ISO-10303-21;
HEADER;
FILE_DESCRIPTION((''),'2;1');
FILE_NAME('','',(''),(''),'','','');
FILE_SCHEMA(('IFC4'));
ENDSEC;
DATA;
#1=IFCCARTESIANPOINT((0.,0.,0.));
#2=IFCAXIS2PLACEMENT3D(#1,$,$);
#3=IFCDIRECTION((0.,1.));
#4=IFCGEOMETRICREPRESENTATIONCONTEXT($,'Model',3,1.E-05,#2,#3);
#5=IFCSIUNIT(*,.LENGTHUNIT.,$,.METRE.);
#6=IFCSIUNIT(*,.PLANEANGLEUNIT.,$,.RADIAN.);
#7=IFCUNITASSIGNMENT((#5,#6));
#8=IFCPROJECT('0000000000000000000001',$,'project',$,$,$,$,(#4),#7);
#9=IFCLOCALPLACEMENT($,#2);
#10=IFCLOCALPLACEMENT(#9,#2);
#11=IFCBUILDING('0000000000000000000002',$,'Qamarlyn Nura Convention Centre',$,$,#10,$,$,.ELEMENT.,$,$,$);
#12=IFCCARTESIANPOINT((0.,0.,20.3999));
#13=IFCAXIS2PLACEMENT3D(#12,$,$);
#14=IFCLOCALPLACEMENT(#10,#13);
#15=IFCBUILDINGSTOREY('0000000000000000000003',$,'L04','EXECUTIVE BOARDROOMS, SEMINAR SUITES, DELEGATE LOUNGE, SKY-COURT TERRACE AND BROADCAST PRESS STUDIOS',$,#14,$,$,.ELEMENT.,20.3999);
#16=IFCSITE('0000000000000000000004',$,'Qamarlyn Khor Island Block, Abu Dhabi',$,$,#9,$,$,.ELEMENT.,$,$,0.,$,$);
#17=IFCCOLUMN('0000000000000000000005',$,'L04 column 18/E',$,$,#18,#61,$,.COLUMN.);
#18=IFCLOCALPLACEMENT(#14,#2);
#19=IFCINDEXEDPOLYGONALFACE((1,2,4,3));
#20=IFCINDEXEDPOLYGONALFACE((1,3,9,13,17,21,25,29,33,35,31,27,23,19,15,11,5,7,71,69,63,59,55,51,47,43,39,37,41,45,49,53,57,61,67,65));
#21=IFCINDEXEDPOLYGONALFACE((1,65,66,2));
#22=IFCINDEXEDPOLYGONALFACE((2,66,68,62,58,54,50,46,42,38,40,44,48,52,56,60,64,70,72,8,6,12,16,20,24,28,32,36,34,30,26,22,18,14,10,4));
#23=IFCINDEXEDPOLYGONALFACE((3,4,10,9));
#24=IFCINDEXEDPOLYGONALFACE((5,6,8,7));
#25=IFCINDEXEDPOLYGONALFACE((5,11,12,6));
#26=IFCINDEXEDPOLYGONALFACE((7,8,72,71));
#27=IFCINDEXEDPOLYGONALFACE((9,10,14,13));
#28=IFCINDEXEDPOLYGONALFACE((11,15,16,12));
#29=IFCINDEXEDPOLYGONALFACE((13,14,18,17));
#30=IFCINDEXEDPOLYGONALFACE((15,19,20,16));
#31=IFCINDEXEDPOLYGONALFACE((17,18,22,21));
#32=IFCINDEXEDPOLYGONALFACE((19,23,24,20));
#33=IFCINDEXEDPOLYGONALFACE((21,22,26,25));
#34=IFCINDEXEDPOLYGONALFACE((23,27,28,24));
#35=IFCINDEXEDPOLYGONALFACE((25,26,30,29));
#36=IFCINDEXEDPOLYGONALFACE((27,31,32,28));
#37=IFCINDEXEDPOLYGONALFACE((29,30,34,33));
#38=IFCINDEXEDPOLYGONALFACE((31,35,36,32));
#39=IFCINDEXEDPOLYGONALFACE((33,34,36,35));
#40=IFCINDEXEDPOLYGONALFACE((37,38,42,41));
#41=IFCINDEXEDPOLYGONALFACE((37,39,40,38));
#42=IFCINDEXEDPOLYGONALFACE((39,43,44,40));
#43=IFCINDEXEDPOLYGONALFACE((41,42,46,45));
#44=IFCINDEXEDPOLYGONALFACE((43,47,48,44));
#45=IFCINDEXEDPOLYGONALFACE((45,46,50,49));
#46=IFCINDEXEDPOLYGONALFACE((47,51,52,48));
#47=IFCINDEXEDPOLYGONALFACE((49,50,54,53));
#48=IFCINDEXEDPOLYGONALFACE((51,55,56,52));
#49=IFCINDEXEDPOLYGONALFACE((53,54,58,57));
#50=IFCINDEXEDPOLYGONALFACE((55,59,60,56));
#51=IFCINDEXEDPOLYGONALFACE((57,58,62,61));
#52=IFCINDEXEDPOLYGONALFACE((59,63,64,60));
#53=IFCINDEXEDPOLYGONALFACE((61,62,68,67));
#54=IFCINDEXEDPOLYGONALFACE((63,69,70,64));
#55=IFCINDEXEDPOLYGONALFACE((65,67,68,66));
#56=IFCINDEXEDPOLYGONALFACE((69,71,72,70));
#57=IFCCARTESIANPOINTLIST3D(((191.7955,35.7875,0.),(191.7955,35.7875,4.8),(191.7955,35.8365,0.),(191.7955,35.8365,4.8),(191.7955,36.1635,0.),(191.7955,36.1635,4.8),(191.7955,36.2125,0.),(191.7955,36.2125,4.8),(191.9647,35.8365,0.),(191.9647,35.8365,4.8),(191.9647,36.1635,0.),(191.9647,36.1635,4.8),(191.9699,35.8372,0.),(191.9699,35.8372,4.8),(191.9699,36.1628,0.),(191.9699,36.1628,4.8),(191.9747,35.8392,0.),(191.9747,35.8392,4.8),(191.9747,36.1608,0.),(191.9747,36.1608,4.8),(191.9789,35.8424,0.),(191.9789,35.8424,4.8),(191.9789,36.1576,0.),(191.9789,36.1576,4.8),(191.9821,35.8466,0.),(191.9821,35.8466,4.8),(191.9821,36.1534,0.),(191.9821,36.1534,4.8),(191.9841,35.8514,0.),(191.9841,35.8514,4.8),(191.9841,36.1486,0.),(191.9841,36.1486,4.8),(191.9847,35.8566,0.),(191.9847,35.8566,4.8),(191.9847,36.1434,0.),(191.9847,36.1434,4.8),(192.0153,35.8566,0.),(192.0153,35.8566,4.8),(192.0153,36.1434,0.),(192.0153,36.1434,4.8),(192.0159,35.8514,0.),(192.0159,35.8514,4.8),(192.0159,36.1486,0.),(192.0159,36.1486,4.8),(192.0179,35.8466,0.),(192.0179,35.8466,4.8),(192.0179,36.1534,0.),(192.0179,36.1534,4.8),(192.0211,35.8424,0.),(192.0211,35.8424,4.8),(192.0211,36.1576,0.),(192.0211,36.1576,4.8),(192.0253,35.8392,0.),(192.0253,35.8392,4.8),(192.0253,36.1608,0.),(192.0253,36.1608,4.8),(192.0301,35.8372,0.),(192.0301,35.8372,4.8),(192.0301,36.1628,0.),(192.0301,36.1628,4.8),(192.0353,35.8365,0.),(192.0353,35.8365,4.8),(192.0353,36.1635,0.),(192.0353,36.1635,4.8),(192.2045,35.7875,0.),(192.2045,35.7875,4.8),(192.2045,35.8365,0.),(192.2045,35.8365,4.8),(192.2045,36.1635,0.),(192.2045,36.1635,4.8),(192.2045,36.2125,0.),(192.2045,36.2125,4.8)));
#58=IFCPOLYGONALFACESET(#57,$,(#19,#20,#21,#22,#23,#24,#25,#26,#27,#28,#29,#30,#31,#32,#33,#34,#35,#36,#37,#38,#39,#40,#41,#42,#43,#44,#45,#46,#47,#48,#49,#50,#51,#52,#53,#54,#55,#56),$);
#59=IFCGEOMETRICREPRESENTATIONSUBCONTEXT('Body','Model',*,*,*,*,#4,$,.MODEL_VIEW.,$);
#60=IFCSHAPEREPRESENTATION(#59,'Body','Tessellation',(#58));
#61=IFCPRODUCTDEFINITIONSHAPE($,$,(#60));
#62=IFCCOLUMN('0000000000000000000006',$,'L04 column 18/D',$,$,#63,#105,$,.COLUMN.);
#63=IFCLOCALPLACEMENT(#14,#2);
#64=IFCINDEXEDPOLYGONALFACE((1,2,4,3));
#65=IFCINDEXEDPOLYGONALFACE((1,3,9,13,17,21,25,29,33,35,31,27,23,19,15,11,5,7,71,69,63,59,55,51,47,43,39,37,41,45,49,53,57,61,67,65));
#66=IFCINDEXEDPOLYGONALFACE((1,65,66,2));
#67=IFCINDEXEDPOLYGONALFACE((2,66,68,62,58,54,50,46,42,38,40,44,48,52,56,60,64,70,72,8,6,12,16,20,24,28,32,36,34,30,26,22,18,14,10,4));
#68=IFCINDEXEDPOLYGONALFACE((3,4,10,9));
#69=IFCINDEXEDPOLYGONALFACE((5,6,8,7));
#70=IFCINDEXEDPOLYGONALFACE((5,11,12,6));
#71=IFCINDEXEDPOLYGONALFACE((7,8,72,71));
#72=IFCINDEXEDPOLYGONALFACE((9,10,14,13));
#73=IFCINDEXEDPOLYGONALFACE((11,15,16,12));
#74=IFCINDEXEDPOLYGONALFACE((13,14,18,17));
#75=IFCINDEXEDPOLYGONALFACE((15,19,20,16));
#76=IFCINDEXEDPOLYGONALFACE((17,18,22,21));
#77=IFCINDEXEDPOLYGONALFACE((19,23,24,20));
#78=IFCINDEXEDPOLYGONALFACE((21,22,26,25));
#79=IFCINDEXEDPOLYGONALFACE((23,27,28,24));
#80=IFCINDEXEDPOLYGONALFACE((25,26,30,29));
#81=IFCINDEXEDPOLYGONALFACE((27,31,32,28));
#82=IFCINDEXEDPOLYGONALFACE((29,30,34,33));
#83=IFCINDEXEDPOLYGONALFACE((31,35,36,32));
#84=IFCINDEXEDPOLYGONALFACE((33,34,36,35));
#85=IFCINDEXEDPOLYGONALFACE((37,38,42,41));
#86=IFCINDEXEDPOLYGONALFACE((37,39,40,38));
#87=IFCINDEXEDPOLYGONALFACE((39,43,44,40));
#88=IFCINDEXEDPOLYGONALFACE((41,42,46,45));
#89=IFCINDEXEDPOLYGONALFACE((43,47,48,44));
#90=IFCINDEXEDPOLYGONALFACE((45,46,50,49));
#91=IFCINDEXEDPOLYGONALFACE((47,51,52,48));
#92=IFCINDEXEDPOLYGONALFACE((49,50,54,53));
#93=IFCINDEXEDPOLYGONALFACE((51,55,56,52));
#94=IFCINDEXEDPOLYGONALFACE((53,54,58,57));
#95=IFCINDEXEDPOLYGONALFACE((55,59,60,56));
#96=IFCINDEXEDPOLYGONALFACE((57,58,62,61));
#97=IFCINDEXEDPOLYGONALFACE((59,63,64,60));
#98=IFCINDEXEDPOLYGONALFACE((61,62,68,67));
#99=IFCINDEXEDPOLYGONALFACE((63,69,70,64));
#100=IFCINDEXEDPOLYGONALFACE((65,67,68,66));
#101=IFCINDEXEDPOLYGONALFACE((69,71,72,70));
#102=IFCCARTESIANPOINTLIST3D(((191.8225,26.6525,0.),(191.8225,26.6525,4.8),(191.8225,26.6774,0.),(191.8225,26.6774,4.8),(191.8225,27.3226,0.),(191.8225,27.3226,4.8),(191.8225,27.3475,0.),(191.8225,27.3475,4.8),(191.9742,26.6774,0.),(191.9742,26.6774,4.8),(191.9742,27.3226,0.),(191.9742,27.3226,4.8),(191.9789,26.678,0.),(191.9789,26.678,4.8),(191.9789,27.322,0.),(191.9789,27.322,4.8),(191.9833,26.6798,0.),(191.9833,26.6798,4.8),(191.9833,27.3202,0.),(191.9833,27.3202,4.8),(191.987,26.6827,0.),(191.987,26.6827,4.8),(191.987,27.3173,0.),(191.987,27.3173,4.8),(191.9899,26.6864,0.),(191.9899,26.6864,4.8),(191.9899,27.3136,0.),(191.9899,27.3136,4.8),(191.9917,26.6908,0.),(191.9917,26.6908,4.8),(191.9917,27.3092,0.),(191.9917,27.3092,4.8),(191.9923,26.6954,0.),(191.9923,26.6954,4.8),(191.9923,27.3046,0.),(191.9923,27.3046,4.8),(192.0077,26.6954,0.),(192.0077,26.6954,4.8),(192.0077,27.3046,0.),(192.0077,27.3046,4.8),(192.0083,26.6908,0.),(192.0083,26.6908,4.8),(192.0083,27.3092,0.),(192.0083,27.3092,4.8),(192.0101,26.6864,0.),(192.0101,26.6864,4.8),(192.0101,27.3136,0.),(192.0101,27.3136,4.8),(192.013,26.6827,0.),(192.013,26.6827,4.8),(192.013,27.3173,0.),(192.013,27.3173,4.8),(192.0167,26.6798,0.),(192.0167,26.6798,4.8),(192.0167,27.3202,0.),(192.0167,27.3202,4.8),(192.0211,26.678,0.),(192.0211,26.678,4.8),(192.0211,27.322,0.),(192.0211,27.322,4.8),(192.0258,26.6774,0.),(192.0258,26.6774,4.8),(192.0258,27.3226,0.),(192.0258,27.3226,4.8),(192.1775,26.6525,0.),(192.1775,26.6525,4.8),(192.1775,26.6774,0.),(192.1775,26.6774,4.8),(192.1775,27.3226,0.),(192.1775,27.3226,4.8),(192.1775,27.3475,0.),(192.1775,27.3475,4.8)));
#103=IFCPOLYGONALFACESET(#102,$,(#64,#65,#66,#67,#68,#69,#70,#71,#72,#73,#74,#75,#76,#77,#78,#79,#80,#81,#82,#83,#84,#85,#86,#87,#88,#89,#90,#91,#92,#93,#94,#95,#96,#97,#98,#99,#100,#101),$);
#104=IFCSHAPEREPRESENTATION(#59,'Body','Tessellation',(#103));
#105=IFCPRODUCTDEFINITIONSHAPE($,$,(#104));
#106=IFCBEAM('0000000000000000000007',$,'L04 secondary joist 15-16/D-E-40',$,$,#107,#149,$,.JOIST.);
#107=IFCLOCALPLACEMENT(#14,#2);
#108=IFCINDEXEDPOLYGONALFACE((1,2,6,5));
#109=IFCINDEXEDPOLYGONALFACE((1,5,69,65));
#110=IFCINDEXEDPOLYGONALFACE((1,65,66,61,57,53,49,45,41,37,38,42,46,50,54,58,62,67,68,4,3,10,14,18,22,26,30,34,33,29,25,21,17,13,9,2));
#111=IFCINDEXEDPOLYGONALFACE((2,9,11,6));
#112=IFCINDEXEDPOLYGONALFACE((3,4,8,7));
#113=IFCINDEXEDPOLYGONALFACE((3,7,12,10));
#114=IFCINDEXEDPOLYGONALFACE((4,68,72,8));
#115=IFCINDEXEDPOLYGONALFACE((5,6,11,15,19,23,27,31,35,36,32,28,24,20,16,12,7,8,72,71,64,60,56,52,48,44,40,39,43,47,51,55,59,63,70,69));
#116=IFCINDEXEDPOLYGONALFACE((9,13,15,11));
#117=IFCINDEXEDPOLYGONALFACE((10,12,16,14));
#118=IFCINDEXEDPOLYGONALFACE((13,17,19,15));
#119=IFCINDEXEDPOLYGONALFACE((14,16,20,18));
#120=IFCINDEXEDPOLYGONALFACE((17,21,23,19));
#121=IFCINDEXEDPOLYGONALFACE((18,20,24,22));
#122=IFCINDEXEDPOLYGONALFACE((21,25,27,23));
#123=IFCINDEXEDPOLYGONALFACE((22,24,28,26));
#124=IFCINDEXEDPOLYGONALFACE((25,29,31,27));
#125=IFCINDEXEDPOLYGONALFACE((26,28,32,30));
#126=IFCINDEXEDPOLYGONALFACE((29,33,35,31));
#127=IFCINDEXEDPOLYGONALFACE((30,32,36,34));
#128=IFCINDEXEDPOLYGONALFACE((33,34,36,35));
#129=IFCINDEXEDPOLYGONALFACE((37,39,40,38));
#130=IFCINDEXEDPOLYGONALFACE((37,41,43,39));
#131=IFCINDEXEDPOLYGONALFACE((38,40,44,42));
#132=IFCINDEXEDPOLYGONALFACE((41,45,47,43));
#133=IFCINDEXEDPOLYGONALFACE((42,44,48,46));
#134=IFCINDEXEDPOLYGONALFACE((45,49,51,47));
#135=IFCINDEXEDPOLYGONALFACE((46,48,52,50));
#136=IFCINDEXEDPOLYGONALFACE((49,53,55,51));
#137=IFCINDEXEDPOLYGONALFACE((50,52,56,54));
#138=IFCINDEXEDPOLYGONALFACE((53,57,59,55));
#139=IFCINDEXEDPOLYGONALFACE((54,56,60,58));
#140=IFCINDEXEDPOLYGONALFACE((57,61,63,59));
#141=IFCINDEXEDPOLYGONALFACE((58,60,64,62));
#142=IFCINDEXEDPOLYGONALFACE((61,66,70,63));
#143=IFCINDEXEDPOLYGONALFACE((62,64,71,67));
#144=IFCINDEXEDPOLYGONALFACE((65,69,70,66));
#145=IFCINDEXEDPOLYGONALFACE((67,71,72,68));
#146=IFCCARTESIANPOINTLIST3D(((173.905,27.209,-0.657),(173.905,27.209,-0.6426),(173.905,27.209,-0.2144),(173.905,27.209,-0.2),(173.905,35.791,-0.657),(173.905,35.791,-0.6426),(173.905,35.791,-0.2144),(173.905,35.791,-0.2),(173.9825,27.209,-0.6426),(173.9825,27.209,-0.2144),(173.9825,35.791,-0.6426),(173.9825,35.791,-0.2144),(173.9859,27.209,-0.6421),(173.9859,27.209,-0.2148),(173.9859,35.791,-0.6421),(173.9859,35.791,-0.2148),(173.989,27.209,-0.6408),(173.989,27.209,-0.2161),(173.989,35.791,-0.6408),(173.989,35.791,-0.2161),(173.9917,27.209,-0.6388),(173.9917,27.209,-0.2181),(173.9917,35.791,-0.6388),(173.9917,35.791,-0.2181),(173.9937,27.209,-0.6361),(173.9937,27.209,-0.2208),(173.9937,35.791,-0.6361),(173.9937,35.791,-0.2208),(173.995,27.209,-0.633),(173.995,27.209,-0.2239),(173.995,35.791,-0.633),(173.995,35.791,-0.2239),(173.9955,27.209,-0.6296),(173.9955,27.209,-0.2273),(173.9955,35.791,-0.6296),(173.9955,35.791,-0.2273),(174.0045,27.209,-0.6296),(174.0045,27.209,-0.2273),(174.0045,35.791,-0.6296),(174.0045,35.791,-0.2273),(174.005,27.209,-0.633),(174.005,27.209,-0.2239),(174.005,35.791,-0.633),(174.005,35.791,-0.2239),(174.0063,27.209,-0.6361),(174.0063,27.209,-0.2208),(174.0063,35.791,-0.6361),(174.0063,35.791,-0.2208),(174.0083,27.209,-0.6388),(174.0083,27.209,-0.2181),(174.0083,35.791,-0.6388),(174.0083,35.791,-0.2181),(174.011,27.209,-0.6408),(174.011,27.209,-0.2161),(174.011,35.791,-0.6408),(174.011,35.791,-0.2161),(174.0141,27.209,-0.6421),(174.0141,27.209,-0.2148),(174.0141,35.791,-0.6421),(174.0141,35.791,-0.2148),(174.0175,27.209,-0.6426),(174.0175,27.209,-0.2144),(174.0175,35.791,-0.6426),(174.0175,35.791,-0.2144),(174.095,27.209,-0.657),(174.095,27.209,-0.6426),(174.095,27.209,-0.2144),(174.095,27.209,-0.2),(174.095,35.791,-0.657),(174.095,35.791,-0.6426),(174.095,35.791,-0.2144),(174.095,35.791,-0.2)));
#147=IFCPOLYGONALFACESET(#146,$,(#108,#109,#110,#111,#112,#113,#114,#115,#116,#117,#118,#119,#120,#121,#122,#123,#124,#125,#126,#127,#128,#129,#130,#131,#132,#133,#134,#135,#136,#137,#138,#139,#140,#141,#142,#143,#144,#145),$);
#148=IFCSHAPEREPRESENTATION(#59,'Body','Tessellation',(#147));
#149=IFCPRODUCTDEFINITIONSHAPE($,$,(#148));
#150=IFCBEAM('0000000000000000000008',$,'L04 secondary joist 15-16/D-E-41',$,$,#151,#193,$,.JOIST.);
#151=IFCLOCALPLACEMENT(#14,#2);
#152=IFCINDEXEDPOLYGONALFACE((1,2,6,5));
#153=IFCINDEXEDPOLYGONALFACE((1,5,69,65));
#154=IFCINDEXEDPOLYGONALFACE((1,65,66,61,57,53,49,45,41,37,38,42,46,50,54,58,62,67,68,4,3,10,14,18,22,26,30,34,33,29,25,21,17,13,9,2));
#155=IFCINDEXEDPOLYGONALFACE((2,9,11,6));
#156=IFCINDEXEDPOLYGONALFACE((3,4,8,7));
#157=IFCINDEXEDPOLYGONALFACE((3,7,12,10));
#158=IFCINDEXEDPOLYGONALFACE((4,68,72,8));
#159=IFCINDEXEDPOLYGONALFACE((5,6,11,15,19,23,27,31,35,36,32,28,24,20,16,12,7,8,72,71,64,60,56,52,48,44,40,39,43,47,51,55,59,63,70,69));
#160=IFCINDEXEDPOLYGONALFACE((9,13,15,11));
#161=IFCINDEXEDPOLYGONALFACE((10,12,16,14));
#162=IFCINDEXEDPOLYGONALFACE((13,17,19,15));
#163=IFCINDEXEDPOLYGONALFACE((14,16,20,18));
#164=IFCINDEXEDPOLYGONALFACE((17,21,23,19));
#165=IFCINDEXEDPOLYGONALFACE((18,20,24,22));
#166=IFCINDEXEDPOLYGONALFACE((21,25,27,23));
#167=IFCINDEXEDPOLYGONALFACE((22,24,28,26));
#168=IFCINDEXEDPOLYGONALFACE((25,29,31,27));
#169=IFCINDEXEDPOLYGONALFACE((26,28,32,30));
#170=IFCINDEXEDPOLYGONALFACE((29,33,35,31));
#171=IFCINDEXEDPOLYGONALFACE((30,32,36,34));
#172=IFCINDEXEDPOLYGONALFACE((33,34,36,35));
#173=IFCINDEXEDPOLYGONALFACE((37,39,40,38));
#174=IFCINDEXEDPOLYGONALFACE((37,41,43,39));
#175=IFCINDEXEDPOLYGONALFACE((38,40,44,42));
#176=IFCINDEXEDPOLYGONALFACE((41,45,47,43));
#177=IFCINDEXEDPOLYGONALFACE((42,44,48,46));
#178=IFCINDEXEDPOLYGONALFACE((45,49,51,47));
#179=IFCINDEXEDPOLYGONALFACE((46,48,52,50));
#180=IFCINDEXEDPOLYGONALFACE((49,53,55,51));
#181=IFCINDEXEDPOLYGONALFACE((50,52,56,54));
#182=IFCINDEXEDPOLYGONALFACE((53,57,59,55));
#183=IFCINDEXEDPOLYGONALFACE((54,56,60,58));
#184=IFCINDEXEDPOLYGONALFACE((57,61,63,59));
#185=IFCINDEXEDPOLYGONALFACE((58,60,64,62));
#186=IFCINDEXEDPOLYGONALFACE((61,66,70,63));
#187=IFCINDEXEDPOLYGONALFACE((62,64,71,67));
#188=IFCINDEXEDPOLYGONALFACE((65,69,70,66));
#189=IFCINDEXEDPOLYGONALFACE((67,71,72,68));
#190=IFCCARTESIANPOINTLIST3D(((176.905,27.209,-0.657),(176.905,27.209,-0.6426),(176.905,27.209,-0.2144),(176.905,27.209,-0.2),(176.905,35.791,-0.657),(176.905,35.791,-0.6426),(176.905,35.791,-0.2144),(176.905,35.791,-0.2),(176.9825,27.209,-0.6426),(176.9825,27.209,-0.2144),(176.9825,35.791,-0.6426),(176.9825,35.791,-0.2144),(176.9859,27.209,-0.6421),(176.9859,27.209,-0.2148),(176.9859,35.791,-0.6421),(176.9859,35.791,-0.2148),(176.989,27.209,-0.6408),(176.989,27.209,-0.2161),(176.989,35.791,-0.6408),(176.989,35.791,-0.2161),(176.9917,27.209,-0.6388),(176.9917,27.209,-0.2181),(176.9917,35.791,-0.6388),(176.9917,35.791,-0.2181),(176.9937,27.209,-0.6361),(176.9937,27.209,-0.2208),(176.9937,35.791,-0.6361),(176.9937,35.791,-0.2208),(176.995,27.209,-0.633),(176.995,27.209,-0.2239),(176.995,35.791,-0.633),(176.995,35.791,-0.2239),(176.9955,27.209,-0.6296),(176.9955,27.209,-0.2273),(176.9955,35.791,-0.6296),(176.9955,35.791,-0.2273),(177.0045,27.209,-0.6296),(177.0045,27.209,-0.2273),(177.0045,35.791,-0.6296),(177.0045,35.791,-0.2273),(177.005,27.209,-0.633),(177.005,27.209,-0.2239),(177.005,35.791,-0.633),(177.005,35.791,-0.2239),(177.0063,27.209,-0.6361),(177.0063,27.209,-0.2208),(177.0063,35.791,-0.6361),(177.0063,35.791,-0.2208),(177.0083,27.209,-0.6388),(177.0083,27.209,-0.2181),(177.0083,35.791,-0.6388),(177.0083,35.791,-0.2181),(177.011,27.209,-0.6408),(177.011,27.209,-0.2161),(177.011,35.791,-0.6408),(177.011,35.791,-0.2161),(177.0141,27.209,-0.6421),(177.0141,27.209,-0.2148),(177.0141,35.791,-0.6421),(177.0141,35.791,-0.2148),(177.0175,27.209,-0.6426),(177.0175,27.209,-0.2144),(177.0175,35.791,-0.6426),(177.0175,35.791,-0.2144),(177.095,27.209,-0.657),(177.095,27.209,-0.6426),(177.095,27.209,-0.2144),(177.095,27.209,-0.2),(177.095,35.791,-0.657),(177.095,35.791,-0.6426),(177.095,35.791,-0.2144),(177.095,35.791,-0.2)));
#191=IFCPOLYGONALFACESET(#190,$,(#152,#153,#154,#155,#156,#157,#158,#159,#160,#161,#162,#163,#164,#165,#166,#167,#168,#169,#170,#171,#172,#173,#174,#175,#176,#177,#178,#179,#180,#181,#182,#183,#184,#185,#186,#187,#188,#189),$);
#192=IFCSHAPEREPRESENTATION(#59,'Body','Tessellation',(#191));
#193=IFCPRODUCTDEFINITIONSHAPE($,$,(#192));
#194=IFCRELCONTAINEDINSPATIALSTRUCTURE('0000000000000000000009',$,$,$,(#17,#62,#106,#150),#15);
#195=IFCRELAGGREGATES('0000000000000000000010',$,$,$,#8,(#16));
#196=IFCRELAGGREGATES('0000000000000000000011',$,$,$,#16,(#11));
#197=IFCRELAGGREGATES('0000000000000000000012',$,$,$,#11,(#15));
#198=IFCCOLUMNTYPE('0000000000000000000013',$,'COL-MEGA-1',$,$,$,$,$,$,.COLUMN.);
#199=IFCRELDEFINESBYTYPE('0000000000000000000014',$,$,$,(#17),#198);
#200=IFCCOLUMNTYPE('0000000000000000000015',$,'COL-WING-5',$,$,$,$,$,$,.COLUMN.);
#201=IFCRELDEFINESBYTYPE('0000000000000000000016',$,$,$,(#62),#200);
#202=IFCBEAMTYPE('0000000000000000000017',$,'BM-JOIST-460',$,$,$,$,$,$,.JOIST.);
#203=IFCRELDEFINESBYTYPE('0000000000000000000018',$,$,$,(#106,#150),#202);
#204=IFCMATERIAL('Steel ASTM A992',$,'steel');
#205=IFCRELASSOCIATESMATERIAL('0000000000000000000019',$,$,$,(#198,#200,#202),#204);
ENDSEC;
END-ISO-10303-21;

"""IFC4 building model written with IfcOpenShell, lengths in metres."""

from ifc_helpers import new_model, si_unit, direction, frame, origin, origin_2d, place, context, subcontext, project, spatial, i_section, extrude, material, material_profile, profile_set, type_object, element, save


model = new_model("IFC4")

# Units and contexts
model_context = context("Model", 3, precision=1e-05, world=origin(), true_north=direction((0.0, 1.0)))
body_context = subcontext(model_context, "Body", "Model", "MODEL_VIEW")
ifc_project = project(units=[si_unit("LENGTHUNIT", "METRE"), si_unit("PLANEANGLEUNIT", "RADIAN")], contexts=[model_context])

# Site, building, storey
site_placement = place(None, origin())
site = spatial("IfcSite", under=ifc_project, at=site_placement, Name="Qamarlyn Khor Island Block, Abu Dhabi", CompositionType="ELEMENT", RefElevation=0.0)
building_placement = place(site_placement, origin())
building = spatial("IfcBuilding", under=site, at=building_placement, Name="Qamarlyn Nura Convention Centre", CompositionType="ELEMENT")
storey_placement = place(building_placement, frame((0.0, 0.0, 20.3999)))
storey = spatial("IfcBuildingStorey", under=building, at=storey_placement, Name="L04", Description="EXECUTIVE BOARDROOMS, SEMINAR SUITES, DELEGATE LOUNGE, SKY-COURT TERRACE AND BROADCAST PRESS STUDIOS", CompositionType="ELEMENT", Elevation=20.3999)

# Columns
ifc_material_1 = material(Name="Steel ASTM A992", Category="steel")
ifc_material_profile_1 = material_profile(ifc_material_1, i_section(OverallWidth=0.4089, OverallDepth=0.425, WebThickness=0.0305, FlangeThickness=0.0491, FilletRadius=0.02, at=origin_2d()), Name="W360X421")
ifc_profile_set_1 = profile_set([ifc_material_profile_1], Name="Steel ASTM A992")
column_type_1 = type_object("IfcColumnType", Name="COL-MEGA-1", PredefinedType="COLUMN", material=ifc_profile_set_1)
column_1_placement = place(storey_placement, frame((192.0, 36.0, 0.0), z_axis=(0.0, 0.0, 1.0), x_axis=(1.0, 0.0, 0.0)))
element("IfcColumn", 1, at=column_1_placement, inside=storey, type_object=column_type_1, Name="L04 column 18/E", PredefinedType="COLUMN", context=body_context, shape_type="SweptSolid", body=[
    extrude(i_section(OverallWidth=0.4089, OverallDepth=0.425, WebThickness=0.0305, FlangeThickness=0.0491, FilletRadius=0.02, at=origin_2d()), origin(), (0.0, 0.0, 1.0), 4.8),
])
ifc_material_profile_2 = material_profile(ifc_material_1, i_section(OverallWidth=0.355, OverallDepth=0.6951, WebThickness=0.0154, FlangeThickness=0.0249, FilletRadius=0.0181, at=origin_2d()), Name="W690X217")
ifc_profile_set_2 = profile_set([ifc_material_profile_2], Name="Steel ASTM A992")
column_type_2 = type_object("IfcColumnType", Name="COL-WING-5", PredefinedType="COLUMN", material=ifc_profile_set_2)
column_2_placement = place(storey_placement, frame((192.0, 27.0, 0.0), z_axis=(0.0, 0.0, 1.0), x_axis=(1.0, 0.0, 0.0)))
element("IfcColumn", 2, at=column_2_placement, inside=storey, type_object=column_type_2, Name="L04 column 18/D", PredefinedType="COLUMN", context=body_context, shape_type="SweptSolid", body=[
    extrude(i_section(OverallWidth=0.355, OverallDepth=0.6951, WebThickness=0.0154, FlangeThickness=0.0249, FilletRadius=0.0181, at=origin_2d()), origin(), (0.0, 0.0, 1.0), 4.8),
])

# Beams
ifc_material_profile_3 = material_profile(ifc_material_1, i_section(OverallWidth=0.1899, OverallDepth=0.457, WebThickness=0.009, FlangeThickness=0.0144, FilletRadius=0.0129, at=origin_2d()), Name="W460X74")
ifc_profile_set_3 = profile_set([ifc_material_profile_3], Name="Steel ASTM A992")
beam_type_1 = type_object("IfcBeamType", Name="BM-JOIST-460", PredefinedType="JOIST", material=ifc_profile_set_3)
for number, where, z_axis, x_axis, name in (
    (3, (174.0, 27.209, -0.4285), (0.0, 1.0, 0.0), (-1.0, 0.0, 0.0), "L04 secondary joist 15-16/D-E-40"),
    (4, (177.0, 27.209, -0.4285), (0.0, 1.0, 0.0), (-1.0, 0.0, 0.0), "L04 secondary joist 15-16/D-E-41"),
):
    element("IfcBeam", number, at=place(storey_placement, frame(where, z_axis=z_axis, x_axis=x_axis)), inside=storey, type_object=beam_type_1, Name=name, PredefinedType="JOIST", context=body_context, shape_type="SweptSolid", body=[
        extrude(i_section(OverallWidth=0.1899, OverallDepth=0.457, WebThickness=0.009, FlangeThickness=0.0144, FilletRadius=0.0129, at=origin_2d()), origin(), (0.0, 0.0, 1.0), 8.582),
    ])

save(model, "model.ifc")
